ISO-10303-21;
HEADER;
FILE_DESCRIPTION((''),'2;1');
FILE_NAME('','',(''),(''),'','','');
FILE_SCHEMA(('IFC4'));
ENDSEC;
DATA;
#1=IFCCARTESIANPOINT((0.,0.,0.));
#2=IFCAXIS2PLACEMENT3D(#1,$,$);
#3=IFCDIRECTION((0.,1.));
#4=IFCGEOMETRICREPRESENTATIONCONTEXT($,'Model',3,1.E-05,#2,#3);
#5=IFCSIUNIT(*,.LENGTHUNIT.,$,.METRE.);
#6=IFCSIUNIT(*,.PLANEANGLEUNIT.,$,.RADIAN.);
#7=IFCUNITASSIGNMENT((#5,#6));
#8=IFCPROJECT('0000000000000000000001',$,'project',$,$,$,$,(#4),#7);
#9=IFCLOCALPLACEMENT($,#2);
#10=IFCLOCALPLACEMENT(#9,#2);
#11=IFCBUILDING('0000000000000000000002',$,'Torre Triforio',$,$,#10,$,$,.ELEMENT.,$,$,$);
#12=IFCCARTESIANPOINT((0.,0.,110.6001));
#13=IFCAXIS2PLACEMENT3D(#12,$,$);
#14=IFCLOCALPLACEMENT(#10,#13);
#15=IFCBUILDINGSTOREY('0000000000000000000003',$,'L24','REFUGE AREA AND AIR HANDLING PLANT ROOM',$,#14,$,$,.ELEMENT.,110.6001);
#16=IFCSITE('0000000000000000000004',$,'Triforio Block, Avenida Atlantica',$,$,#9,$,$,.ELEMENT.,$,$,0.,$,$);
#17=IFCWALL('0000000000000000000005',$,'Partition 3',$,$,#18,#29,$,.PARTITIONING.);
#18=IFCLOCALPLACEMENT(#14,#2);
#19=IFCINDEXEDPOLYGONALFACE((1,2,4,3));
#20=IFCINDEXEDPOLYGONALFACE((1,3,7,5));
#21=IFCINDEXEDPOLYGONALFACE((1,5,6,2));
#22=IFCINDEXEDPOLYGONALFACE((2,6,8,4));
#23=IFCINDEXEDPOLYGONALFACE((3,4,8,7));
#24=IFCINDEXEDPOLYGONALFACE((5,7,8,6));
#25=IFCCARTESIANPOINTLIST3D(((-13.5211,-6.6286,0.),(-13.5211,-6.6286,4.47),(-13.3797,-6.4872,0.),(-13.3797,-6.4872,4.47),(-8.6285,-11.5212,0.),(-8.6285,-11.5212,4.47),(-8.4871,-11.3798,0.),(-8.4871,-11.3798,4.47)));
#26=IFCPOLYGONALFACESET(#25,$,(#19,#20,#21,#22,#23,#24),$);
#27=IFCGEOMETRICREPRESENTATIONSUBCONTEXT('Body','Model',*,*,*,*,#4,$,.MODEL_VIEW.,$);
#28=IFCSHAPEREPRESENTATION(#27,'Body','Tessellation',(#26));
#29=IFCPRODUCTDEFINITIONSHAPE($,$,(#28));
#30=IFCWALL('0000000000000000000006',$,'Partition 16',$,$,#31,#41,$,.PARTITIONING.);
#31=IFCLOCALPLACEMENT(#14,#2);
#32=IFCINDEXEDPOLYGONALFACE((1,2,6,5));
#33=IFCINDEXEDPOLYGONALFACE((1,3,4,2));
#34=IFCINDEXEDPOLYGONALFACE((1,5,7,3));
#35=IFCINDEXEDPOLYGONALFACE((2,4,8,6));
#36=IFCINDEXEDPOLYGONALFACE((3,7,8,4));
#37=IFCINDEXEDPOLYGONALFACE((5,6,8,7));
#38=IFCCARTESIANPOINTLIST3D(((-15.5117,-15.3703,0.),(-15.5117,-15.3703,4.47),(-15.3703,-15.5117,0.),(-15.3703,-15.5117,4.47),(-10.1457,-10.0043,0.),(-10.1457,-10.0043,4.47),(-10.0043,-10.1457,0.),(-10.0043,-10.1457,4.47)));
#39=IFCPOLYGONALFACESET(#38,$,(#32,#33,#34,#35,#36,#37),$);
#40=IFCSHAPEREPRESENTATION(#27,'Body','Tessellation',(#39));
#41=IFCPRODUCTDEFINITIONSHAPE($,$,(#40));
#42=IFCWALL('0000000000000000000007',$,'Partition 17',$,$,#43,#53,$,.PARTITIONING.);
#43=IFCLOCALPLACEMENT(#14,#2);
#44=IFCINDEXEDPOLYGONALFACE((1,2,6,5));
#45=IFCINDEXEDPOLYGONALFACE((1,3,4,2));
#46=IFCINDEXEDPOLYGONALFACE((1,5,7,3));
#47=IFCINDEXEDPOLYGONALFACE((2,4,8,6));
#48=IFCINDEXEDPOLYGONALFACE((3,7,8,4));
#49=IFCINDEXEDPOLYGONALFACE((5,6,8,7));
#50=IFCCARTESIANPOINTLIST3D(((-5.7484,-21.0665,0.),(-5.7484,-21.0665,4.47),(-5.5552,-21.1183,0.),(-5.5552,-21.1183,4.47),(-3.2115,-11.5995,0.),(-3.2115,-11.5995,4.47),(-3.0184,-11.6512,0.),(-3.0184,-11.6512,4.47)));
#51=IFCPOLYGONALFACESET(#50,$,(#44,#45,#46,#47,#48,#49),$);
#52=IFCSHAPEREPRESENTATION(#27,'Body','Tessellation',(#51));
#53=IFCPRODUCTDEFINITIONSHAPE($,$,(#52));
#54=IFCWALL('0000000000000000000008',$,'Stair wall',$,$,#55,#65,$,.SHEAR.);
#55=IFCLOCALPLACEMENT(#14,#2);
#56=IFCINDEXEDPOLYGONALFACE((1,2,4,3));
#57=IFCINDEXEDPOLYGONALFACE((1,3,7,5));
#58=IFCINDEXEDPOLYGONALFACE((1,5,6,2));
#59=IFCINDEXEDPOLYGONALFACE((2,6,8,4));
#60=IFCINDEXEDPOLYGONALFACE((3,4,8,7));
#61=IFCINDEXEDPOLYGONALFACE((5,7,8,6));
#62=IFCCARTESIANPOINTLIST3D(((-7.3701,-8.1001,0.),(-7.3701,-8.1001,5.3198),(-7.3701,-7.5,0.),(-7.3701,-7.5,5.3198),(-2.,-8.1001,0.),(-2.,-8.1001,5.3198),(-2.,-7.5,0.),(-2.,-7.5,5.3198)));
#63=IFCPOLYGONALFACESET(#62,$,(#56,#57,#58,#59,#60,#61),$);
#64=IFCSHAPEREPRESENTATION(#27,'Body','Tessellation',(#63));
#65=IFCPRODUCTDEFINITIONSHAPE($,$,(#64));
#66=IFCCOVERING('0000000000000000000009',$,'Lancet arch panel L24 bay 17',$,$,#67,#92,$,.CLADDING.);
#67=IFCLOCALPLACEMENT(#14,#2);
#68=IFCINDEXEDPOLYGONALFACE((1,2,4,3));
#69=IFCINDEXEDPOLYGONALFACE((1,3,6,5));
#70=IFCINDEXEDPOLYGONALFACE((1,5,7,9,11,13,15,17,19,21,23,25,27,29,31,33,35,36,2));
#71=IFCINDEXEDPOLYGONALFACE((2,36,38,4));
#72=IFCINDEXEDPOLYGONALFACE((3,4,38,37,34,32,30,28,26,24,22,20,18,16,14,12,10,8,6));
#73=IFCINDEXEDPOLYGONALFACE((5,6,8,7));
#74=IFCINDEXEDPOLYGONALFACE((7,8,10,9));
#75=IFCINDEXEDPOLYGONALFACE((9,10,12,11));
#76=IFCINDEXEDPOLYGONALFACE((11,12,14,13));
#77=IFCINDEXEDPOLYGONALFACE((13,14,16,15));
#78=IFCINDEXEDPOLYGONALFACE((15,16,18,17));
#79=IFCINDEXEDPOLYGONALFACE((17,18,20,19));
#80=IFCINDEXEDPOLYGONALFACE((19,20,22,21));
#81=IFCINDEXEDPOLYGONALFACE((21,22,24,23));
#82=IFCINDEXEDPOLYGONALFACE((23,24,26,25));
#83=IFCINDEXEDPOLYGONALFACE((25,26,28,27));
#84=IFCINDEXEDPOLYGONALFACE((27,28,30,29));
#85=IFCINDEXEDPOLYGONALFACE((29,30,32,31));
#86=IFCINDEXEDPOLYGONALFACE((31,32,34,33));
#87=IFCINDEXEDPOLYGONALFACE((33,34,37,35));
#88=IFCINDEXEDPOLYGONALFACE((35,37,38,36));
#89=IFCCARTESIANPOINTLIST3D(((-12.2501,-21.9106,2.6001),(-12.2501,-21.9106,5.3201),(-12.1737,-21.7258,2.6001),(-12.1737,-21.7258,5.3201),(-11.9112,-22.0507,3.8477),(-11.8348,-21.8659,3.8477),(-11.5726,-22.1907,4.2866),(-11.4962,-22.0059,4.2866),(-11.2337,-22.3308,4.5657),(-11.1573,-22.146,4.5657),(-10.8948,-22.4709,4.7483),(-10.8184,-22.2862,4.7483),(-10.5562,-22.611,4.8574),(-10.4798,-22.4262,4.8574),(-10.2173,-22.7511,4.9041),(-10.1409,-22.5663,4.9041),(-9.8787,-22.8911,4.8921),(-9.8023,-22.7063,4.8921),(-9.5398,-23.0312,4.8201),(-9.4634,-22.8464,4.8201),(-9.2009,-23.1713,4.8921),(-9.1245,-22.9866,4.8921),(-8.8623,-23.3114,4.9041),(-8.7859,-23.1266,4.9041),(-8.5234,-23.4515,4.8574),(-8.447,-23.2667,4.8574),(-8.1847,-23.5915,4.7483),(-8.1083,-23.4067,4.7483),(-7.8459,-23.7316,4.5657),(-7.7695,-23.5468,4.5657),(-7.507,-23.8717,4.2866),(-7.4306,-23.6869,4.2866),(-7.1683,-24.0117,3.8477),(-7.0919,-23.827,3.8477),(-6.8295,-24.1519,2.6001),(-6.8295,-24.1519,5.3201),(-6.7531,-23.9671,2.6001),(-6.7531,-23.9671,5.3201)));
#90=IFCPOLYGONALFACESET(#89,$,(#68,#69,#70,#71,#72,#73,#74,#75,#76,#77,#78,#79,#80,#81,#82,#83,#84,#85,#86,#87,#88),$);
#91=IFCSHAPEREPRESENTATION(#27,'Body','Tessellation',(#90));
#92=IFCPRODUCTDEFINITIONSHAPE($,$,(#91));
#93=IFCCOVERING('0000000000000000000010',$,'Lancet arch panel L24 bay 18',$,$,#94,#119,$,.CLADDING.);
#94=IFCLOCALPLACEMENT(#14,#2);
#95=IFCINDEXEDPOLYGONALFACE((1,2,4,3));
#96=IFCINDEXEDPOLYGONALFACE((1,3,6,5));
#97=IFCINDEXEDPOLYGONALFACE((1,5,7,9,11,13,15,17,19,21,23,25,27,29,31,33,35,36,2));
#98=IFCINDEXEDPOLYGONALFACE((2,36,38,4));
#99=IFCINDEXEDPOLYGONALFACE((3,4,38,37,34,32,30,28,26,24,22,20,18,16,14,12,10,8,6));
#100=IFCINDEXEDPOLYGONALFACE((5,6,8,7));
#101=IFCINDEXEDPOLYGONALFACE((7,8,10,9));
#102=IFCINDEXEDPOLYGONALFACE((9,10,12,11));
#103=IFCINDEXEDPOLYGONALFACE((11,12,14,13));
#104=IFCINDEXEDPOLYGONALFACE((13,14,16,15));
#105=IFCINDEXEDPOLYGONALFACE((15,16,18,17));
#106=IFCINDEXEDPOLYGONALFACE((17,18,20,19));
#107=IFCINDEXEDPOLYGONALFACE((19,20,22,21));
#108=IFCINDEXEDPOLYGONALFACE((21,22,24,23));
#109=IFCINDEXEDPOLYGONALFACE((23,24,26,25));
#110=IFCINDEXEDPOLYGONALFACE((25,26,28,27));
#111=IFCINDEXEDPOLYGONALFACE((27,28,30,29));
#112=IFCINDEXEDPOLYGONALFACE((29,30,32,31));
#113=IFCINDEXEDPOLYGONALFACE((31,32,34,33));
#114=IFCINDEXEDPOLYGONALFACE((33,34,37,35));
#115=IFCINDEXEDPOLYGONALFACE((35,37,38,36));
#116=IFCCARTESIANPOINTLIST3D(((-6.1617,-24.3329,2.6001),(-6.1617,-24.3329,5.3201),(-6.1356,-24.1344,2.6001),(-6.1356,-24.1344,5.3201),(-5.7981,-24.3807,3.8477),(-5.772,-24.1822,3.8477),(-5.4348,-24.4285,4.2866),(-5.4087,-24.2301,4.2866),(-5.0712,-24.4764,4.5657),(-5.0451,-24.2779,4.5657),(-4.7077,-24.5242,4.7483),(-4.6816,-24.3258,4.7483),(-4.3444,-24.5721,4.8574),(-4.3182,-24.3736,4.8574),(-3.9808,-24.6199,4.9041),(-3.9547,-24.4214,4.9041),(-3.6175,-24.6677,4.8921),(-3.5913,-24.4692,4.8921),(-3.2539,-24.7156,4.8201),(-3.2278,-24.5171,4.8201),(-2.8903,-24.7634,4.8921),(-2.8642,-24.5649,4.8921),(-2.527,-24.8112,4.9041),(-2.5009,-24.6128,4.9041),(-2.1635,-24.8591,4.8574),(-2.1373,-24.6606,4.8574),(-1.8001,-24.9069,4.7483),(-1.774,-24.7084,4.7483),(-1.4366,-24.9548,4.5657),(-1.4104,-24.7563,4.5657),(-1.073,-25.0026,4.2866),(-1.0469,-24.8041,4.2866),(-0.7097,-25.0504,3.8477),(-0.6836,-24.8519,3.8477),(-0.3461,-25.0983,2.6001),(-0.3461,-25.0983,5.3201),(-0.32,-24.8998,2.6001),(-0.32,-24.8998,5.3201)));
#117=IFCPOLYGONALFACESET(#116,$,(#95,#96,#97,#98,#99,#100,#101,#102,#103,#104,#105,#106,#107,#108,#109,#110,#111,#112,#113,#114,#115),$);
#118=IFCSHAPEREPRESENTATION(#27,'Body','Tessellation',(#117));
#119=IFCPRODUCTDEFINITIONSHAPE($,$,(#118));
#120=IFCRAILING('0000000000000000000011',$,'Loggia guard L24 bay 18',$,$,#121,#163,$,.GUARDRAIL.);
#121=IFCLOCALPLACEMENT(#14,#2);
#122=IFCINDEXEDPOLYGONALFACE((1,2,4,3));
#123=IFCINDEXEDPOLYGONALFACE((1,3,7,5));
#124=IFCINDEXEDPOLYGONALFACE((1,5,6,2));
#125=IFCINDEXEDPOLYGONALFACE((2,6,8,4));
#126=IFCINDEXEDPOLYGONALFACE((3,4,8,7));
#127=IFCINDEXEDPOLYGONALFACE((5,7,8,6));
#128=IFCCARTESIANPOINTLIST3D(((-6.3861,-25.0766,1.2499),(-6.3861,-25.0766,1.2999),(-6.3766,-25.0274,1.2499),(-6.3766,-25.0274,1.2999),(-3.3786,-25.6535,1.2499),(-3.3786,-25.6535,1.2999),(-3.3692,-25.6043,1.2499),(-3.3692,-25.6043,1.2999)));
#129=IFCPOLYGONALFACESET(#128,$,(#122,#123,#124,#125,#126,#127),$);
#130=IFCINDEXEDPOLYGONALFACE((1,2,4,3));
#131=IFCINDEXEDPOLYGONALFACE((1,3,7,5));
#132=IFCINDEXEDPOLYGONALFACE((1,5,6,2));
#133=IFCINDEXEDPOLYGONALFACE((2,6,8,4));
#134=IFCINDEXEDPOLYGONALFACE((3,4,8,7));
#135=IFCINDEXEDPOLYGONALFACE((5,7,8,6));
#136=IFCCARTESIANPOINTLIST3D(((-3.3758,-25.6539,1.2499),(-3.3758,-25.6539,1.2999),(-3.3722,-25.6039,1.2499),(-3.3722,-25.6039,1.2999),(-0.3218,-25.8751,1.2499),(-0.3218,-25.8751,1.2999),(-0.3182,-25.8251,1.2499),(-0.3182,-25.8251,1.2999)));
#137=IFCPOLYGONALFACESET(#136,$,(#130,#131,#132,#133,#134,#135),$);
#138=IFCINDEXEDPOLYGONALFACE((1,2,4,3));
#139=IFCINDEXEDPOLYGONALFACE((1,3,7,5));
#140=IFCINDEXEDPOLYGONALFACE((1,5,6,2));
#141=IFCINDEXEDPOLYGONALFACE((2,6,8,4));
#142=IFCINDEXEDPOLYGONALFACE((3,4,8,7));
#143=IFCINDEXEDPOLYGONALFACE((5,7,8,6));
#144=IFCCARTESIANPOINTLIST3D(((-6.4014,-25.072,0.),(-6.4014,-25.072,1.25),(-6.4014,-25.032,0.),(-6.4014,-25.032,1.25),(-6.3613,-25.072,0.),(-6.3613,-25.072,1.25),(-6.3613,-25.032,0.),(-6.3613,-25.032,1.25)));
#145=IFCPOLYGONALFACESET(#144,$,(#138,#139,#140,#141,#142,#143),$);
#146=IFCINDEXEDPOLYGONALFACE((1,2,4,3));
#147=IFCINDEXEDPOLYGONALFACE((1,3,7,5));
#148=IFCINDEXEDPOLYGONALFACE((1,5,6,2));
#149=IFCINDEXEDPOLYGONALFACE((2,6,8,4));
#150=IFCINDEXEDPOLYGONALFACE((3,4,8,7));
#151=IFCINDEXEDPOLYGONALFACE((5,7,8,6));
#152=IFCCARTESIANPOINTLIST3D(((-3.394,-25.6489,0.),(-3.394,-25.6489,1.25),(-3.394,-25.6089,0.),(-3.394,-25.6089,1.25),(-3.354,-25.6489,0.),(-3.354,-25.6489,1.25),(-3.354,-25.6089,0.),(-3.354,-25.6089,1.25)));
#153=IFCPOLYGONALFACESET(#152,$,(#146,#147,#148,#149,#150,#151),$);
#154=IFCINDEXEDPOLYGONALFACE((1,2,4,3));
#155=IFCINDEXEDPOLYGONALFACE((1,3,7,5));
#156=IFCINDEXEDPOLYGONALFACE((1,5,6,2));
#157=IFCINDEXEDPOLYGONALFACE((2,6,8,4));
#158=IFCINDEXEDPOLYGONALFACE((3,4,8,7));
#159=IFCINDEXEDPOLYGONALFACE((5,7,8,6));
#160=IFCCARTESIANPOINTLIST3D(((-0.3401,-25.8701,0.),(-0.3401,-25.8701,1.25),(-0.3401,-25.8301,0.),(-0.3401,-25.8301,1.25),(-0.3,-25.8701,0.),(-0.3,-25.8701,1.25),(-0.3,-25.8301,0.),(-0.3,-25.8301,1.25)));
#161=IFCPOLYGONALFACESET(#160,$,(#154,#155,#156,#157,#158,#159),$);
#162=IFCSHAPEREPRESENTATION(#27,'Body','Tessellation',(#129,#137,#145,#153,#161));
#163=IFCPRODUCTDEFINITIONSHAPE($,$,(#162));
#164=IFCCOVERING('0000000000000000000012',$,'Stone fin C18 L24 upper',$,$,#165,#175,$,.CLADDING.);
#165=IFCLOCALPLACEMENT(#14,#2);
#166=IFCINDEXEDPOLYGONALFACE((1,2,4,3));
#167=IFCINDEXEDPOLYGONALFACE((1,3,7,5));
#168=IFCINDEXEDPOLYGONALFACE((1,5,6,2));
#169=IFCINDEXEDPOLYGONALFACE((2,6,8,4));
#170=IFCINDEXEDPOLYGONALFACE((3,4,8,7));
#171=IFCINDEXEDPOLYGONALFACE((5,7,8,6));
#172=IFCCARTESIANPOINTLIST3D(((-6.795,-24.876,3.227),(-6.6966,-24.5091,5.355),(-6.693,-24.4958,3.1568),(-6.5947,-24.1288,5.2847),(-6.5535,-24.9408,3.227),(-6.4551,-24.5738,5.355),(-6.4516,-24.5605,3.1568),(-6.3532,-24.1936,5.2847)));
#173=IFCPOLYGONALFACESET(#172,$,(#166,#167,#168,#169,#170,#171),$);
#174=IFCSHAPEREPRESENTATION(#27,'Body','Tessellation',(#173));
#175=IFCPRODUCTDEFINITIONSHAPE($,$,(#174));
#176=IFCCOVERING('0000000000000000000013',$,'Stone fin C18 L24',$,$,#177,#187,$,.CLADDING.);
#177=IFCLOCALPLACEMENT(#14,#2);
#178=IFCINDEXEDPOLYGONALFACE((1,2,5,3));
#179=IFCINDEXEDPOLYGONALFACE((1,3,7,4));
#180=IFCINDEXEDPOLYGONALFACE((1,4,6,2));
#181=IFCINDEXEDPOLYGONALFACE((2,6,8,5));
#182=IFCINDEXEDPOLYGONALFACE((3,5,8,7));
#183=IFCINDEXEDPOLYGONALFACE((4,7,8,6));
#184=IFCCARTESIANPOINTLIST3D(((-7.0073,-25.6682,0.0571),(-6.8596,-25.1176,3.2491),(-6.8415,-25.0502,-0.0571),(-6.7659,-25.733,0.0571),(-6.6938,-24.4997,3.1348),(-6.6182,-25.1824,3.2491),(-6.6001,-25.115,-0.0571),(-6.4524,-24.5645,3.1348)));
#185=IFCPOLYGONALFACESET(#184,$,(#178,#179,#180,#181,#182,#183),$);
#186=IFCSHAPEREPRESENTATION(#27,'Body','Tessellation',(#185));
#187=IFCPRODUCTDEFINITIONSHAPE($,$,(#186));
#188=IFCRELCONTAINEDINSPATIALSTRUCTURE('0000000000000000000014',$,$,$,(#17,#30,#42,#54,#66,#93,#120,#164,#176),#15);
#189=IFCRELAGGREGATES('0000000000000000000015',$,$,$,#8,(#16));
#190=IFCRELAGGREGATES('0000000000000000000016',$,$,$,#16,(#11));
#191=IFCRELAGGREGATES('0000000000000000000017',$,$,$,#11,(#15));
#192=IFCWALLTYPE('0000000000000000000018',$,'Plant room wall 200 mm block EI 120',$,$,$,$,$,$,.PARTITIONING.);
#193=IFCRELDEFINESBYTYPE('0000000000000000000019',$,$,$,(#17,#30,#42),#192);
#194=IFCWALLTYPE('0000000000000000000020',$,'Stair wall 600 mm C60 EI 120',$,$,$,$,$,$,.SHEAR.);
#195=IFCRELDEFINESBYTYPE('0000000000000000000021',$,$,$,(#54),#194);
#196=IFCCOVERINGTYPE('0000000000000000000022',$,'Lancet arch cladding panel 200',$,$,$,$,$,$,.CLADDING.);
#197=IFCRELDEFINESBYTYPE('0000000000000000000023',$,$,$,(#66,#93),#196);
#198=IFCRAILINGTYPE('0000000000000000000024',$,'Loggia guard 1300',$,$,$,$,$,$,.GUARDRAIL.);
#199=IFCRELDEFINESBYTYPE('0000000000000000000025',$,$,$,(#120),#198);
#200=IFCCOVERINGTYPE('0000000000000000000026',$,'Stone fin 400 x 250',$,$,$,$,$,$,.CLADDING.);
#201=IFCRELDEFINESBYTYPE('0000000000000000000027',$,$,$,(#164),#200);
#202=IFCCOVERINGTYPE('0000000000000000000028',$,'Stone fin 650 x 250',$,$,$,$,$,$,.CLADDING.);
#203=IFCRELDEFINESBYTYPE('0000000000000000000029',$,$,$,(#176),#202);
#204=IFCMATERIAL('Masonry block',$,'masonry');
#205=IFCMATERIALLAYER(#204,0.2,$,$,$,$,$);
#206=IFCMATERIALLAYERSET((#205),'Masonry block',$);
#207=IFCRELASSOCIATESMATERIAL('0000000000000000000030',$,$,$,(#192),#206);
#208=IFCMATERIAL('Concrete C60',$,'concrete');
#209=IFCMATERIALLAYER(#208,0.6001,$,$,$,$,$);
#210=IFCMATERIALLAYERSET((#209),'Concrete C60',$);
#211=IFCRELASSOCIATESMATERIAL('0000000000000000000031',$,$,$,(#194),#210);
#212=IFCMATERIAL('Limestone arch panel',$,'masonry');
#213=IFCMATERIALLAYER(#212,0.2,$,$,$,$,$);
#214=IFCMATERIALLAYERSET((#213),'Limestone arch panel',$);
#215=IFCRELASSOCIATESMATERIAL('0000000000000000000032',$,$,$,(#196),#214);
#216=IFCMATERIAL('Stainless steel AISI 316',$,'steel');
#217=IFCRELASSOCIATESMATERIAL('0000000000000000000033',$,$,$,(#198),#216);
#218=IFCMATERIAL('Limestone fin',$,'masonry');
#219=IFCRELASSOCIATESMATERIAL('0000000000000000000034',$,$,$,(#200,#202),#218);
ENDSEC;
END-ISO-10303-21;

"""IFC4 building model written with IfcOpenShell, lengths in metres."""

from ifc_helpers import new_model, si_unit, direction, frame, frame_2d, origin, origin_2d, place, context, subcontext, project, spatial, polyline, rectangle, outline, extrude, material, layer, layer_set, material_profile, profile_set, type_object, element, save


model = new_model("IFC4")

# Units and contexts
model_context = context("Model", 3, precision=1e-05, world=origin(), true_north=direction((0.0, 1.0)))
body_context = subcontext(model_context, "Body", "Model", "MODEL_VIEW")
ifc_project = project(units=[si_unit("LENGTHUNIT", "METRE"), si_unit("PLANEANGLEUNIT", "RADIAN")], contexts=[model_context])

# Site, building, storey
site_placement = place(None, origin())
site = spatial("IfcSite", under=ifc_project, at=site_placement, Name="Triforio Block, Avenida Atlantica", CompositionType="ELEMENT", RefElevation=0.0)
building_placement = place(site_placement, origin())
building = spatial("IfcBuilding", under=site, at=building_placement, Name="Torre Triforio", CompositionType="ELEMENT")
storey_placement = place(building_placement, frame((0.0, 0.0, 110.6001)))
storey = spatial("IfcBuildingStorey", under=building, at=storey_placement, Name="L24", Description="REFUGE AREA AND AIR HANDLING PLANT ROOM", CompositionType="ELEMENT", Elevation=110.6001)

# Shared definitions
ifc_material_1 = material(Name="Concrete C60", Category="concrete")

# Walls
ifc_material_2 = material(Name="Masonry block", Category="masonry")
ifc_layer_1 = layer(ifc_material_2, 0.2)
ifc_layer_set_1 = layer_set([ifc_layer_1], Name="Masonry block")
wall_type_1 = type_object("IfcWallType", Name="Plant room wall 200 mm block EI 120", PredefinedType="PARTITIONING", material=ifc_layer_set_1)
wall_1_placement = place(storey_placement, frame((-8.5579, -11.4504, 0.0), z_axis=(0.0, 0.0, 1.0), x_axis=(-0.707107, 0.707107, 0.0)))
element("IfcWall", 1, at=wall_1_placement, inside=storey, type_object=wall_type_1, Name="Partition 3", PredefinedType="PARTITIONING", context=body_context, shape_type="SweptSolid", body=[
    extrude(rectangle(XDim=6.9192, YDim=0.2, at=frame_2d((3.4595, 0.0))), origin(), (0.0, 0.0, 1.0), 4.47),
])
wall_2_placement = place(storey_placement, frame((-10.075, -10.075, 0.0), z_axis=(0.0, 0.0, 1.0), x_axis=(-0.707107, -0.707107, 0.0)))
element("IfcWall", 2, at=wall_2_placement, inside=storey, type_object=wall_type_1, Name="Partition 16", PredefinedType="PARTITIONING", context=body_context, shape_type="SweptSolid", body=[
    extrude(rectangle(XDim=7.5886, YDim=0.2, at=frame_2d((3.7944, 0.0))), origin(), (0.0, 0.0, 1.0), 4.47),
])
wall_3_placement = place(storey_placement, frame((-3.115, -11.6255, 0.0), z_axis=(0.0, 0.0, 1.0), x_axis=(-0.258836, -0.965921, 0.0)))
element("IfcWall", 3, at=wall_3_placement, inside=storey, type_object=wall_type_1, Name="Partition 17", PredefinedType="PARTITIONING", context=body_context, shape_type="SweptSolid", body=[
    extrude(rectangle(XDim=9.801, YDim=0.2, at=frame_2d((4.9004, 0.0))), origin(), (0.0, 0.0, 1.0), 4.47),
])
ifc_layer_2 = layer(ifc_material_1, 0.6001)
ifc_layer_set_2 = layer_set([ifc_layer_2], Name="Concrete C60")
wall_type_2 = type_object("IfcWallType", Name="Stair wall 600 mm C60 EI 120", PredefinedType="SHEAR", material=ifc_layer_set_2)
wall_4_placement = place(storey_placement, frame((-7.3701, -7.8, 0.0), z_axis=(0.0, 0.0, 1.0), x_axis=(1.0, 0.0, 0.0)))
element("IfcWall", 4, at=wall_4_placement, inside=storey, type_object=wall_type_2, Name="Stair wall", PredefinedType="SHEAR", context=body_context, shape_type="SweptSolid", body=[
    extrude(rectangle(XDim=5.3701, YDim=0.6001, at=frame_2d((2.6851, 0.0))), origin(), (0.0, 0.0, 1.0), 5.3198),
])

# Coverings
ifc_material_3 = material(Name="Limestone arch panel", Category="masonry")
ifc_layer_3 = layer(ifc_material_3, 0.2)
ifc_layer_set_3 = layer_set([ifc_layer_3], Name="Limestone arch panel")
covering_type_1 = type_object("IfcCoveringType", Name="Lancet arch cladding panel 200", PredefinedType="CLADDING", material=ifc_layer_set_3)
covering_1_placement = place(storey_placement, frame((-9.4634, -22.8464, 0.0), z_axis=(-0.3821, -0.924121, 0.0), x_axis=(0.924121, -0.3821, 0.0)))
element("IfcCovering", 5, at=covering_1_placement, inside=storey, type_object=covering_type_1, Name="Lancet arch panel L24 bay 17", PredefinedType="CLADDING", context=body_context, shape_type="SweptSolid", body=[
    extrude(outline(polyline([(-2.9329, 5.3201), (-2.9329, 2.6001), (-2.5662, 3.8477), (-2.1997, 4.2866), (-1.833, 4.5657), (-1.4663, 4.7483), (-1.0999, 4.8574), (-0.7332, 4.9041), (-0.3667, 4.8921), (0.0, 4.8201), (0.3667, 4.8921), (0.7332, 4.9041), (1.0999, 4.8574), (1.4663, 4.7483), (1.833, 4.5657), (2.1997, 4.2866), (2.5662, 3.8477), (2.9329, 2.6001), (2.9329, 5.3201), (-2.9329, 5.3201)])), origin(), (0.0, 0.0, 1.0), 0.2),
])
covering_2_placement = place(storey_placement, frame((-3.2278, -24.5171, 0.0), z_axis=(-0.130486, -0.99145, 0.0), x_axis=(0.99145, -0.130486, 0.0)))
element("IfcCovering", 6, at=covering_2_placement, inside=storey, type_object=covering_type_1, Name="Lancet arch panel L24 bay 18", PredefinedType="CLADDING", context=body_context, shape_type="SweptSolid", body=[
    extrude(outline(polyline([(-2.9329, 5.3201), (-2.9329, 2.6001), (-2.5662, 3.8477), (-2.1997, 4.2866), (-1.833, 4.5657), (-1.4663, 4.7483), (-1.0999, 4.8574), (-0.7332, 4.9041), (-0.3667, 4.8921), (0.0, 4.8201), (0.3667, 4.8921), (0.7332, 4.9041), (1.0999, 4.8574), (1.4663, 4.7483), (1.833, 4.5657), (2.1997, 4.2866), (2.5662, 3.8477), (2.9329, 2.6001), (2.9329, 5.3201), (-2.9329, 5.3201)])), origin(), (0.0, 0.0, 1.0), 0.2002),
])

# Railing
ifc_material_4 = material(Name="Stainless steel AISI 316", Category="steel")
railing_type = type_object("IfcRailingType", Name="Loggia guard 1300", PredefinedType="GUARDRAIL", material=ifc_material_4)
railing_placement = place(storey_placement, frame((-6.3813, -25.052, 0.0)))
element("IfcRailing", 7, at=railing_placement, inside=storey, type_object=railing_type, Name="Loggia guard L24 bay 18", PredefinedType="GUARDRAIL", context=body_context, shape_type="SweptSolid", body=[
    extrude(rectangle(XDim=0.05, YDim=0.05, at=origin_2d()), frame((0.0, 0.0, 1.2749), z_axis=(0.982093, -0.188398, 0.0), x_axis=(0.188398, 0.982093, 0.0)), (0.0, 0.0, 1.0), 3.0623),
    extrude(rectangle(XDim=0.05, YDim=0.05, at=origin_2d()), frame((3.0073, -0.5769, 1.2749), z_axis=(0.997387, -0.072239, 0.0), x_axis=(0.072239, 0.997387, 0.0)), (0.0, 0.0, 1.0), 3.062),
    extrude(rectangle(XDim=0.04, YDim=0.04, at=origin_2d()), origin(), (0.0, 0.0, 1.0), 1.25),
    extrude(rectangle(XDim=0.04, YDim=0.04, at=origin_2d()), frame((3.0073, -0.5769, 0.0)), (0.0, 0.0, 1.0), 1.25),
    extrude(rectangle(XDim=0.04, YDim=0.04, at=origin_2d()), frame((6.0613, -0.7981, 0.0)), (0.0, 0.0, 1.0), 1.25),
])

# Coverings
ifc_material_5 = material(Name="Limestone fin", Category="masonry")
ifc_material_profile_1 = material_profile(ifc_material_5, rectangle(XDim=0.3999, YDim=0.25, at=origin_2d()), Name="FIN 400x250")
ifc_profile_set_1 = profile_set([ifc_material_profile_1], Name="Limestone fin")
covering_type_2 = type_object("IfcCoveringType", Name="Stone fin 400 x 250", PredefinedType="CLADDING", material=ifc_profile_set_1)
covering_3_placement = place(storey_placement, frame((-6.6233, -24.7183, 3.1919), z_axis=(0.045517, 0.169757, 0.984434), x_axis=(-0.254951, -0.950847, 0.175754)))
element("IfcCovering", 8, at=covering_3_placement, inside=storey, type_object=covering_type_2, Name="Stone fin C18 L24 upper", PredefinedType="CLADDING", context=body_context, shape_type="SweptSolid", body=[
    extrude(rectangle(XDim=0.3999, YDim=0.25, at=origin_2d()), origin(), (0.0, 0.0, 1.0), 2.1616),
])
ifc_material_profile_2 = material_profile(ifc_material_5, rectangle(XDim=0.6499, YDim=0.25, at=origin_2d()), Name="FIN 650x250")
ifc_profile_set_2 = profile_set([ifc_material_profile_2], Name="Limestone fin")
covering_type_3 = type_object("IfcCoveringType", Name="Stone fin 650 x 250", PredefinedType="CLADDING", material=ifc_profile_set_2)
covering_4_placement = place(storey_placement, frame((-6.8037, -25.3916, 0.0), z_axis=(0.045554, 0.169794, 0.984426), x_axis=(-0.255093, -0.950801, 0.175798)))
element("IfcCovering", 9, at=covering_4_placement, inside=storey, type_object=covering_type_3, Name="Stone fin C18 L24", PredefinedType="CLADDING", context=body_context, shape_type="SweptSolid", body=[
    extrude(rectangle(XDim=0.6499, YDim=0.25, at=origin_2d()), origin(), (0.0, 0.0, 1.0), 3.2424),
])

save(model, "model.ifc")
